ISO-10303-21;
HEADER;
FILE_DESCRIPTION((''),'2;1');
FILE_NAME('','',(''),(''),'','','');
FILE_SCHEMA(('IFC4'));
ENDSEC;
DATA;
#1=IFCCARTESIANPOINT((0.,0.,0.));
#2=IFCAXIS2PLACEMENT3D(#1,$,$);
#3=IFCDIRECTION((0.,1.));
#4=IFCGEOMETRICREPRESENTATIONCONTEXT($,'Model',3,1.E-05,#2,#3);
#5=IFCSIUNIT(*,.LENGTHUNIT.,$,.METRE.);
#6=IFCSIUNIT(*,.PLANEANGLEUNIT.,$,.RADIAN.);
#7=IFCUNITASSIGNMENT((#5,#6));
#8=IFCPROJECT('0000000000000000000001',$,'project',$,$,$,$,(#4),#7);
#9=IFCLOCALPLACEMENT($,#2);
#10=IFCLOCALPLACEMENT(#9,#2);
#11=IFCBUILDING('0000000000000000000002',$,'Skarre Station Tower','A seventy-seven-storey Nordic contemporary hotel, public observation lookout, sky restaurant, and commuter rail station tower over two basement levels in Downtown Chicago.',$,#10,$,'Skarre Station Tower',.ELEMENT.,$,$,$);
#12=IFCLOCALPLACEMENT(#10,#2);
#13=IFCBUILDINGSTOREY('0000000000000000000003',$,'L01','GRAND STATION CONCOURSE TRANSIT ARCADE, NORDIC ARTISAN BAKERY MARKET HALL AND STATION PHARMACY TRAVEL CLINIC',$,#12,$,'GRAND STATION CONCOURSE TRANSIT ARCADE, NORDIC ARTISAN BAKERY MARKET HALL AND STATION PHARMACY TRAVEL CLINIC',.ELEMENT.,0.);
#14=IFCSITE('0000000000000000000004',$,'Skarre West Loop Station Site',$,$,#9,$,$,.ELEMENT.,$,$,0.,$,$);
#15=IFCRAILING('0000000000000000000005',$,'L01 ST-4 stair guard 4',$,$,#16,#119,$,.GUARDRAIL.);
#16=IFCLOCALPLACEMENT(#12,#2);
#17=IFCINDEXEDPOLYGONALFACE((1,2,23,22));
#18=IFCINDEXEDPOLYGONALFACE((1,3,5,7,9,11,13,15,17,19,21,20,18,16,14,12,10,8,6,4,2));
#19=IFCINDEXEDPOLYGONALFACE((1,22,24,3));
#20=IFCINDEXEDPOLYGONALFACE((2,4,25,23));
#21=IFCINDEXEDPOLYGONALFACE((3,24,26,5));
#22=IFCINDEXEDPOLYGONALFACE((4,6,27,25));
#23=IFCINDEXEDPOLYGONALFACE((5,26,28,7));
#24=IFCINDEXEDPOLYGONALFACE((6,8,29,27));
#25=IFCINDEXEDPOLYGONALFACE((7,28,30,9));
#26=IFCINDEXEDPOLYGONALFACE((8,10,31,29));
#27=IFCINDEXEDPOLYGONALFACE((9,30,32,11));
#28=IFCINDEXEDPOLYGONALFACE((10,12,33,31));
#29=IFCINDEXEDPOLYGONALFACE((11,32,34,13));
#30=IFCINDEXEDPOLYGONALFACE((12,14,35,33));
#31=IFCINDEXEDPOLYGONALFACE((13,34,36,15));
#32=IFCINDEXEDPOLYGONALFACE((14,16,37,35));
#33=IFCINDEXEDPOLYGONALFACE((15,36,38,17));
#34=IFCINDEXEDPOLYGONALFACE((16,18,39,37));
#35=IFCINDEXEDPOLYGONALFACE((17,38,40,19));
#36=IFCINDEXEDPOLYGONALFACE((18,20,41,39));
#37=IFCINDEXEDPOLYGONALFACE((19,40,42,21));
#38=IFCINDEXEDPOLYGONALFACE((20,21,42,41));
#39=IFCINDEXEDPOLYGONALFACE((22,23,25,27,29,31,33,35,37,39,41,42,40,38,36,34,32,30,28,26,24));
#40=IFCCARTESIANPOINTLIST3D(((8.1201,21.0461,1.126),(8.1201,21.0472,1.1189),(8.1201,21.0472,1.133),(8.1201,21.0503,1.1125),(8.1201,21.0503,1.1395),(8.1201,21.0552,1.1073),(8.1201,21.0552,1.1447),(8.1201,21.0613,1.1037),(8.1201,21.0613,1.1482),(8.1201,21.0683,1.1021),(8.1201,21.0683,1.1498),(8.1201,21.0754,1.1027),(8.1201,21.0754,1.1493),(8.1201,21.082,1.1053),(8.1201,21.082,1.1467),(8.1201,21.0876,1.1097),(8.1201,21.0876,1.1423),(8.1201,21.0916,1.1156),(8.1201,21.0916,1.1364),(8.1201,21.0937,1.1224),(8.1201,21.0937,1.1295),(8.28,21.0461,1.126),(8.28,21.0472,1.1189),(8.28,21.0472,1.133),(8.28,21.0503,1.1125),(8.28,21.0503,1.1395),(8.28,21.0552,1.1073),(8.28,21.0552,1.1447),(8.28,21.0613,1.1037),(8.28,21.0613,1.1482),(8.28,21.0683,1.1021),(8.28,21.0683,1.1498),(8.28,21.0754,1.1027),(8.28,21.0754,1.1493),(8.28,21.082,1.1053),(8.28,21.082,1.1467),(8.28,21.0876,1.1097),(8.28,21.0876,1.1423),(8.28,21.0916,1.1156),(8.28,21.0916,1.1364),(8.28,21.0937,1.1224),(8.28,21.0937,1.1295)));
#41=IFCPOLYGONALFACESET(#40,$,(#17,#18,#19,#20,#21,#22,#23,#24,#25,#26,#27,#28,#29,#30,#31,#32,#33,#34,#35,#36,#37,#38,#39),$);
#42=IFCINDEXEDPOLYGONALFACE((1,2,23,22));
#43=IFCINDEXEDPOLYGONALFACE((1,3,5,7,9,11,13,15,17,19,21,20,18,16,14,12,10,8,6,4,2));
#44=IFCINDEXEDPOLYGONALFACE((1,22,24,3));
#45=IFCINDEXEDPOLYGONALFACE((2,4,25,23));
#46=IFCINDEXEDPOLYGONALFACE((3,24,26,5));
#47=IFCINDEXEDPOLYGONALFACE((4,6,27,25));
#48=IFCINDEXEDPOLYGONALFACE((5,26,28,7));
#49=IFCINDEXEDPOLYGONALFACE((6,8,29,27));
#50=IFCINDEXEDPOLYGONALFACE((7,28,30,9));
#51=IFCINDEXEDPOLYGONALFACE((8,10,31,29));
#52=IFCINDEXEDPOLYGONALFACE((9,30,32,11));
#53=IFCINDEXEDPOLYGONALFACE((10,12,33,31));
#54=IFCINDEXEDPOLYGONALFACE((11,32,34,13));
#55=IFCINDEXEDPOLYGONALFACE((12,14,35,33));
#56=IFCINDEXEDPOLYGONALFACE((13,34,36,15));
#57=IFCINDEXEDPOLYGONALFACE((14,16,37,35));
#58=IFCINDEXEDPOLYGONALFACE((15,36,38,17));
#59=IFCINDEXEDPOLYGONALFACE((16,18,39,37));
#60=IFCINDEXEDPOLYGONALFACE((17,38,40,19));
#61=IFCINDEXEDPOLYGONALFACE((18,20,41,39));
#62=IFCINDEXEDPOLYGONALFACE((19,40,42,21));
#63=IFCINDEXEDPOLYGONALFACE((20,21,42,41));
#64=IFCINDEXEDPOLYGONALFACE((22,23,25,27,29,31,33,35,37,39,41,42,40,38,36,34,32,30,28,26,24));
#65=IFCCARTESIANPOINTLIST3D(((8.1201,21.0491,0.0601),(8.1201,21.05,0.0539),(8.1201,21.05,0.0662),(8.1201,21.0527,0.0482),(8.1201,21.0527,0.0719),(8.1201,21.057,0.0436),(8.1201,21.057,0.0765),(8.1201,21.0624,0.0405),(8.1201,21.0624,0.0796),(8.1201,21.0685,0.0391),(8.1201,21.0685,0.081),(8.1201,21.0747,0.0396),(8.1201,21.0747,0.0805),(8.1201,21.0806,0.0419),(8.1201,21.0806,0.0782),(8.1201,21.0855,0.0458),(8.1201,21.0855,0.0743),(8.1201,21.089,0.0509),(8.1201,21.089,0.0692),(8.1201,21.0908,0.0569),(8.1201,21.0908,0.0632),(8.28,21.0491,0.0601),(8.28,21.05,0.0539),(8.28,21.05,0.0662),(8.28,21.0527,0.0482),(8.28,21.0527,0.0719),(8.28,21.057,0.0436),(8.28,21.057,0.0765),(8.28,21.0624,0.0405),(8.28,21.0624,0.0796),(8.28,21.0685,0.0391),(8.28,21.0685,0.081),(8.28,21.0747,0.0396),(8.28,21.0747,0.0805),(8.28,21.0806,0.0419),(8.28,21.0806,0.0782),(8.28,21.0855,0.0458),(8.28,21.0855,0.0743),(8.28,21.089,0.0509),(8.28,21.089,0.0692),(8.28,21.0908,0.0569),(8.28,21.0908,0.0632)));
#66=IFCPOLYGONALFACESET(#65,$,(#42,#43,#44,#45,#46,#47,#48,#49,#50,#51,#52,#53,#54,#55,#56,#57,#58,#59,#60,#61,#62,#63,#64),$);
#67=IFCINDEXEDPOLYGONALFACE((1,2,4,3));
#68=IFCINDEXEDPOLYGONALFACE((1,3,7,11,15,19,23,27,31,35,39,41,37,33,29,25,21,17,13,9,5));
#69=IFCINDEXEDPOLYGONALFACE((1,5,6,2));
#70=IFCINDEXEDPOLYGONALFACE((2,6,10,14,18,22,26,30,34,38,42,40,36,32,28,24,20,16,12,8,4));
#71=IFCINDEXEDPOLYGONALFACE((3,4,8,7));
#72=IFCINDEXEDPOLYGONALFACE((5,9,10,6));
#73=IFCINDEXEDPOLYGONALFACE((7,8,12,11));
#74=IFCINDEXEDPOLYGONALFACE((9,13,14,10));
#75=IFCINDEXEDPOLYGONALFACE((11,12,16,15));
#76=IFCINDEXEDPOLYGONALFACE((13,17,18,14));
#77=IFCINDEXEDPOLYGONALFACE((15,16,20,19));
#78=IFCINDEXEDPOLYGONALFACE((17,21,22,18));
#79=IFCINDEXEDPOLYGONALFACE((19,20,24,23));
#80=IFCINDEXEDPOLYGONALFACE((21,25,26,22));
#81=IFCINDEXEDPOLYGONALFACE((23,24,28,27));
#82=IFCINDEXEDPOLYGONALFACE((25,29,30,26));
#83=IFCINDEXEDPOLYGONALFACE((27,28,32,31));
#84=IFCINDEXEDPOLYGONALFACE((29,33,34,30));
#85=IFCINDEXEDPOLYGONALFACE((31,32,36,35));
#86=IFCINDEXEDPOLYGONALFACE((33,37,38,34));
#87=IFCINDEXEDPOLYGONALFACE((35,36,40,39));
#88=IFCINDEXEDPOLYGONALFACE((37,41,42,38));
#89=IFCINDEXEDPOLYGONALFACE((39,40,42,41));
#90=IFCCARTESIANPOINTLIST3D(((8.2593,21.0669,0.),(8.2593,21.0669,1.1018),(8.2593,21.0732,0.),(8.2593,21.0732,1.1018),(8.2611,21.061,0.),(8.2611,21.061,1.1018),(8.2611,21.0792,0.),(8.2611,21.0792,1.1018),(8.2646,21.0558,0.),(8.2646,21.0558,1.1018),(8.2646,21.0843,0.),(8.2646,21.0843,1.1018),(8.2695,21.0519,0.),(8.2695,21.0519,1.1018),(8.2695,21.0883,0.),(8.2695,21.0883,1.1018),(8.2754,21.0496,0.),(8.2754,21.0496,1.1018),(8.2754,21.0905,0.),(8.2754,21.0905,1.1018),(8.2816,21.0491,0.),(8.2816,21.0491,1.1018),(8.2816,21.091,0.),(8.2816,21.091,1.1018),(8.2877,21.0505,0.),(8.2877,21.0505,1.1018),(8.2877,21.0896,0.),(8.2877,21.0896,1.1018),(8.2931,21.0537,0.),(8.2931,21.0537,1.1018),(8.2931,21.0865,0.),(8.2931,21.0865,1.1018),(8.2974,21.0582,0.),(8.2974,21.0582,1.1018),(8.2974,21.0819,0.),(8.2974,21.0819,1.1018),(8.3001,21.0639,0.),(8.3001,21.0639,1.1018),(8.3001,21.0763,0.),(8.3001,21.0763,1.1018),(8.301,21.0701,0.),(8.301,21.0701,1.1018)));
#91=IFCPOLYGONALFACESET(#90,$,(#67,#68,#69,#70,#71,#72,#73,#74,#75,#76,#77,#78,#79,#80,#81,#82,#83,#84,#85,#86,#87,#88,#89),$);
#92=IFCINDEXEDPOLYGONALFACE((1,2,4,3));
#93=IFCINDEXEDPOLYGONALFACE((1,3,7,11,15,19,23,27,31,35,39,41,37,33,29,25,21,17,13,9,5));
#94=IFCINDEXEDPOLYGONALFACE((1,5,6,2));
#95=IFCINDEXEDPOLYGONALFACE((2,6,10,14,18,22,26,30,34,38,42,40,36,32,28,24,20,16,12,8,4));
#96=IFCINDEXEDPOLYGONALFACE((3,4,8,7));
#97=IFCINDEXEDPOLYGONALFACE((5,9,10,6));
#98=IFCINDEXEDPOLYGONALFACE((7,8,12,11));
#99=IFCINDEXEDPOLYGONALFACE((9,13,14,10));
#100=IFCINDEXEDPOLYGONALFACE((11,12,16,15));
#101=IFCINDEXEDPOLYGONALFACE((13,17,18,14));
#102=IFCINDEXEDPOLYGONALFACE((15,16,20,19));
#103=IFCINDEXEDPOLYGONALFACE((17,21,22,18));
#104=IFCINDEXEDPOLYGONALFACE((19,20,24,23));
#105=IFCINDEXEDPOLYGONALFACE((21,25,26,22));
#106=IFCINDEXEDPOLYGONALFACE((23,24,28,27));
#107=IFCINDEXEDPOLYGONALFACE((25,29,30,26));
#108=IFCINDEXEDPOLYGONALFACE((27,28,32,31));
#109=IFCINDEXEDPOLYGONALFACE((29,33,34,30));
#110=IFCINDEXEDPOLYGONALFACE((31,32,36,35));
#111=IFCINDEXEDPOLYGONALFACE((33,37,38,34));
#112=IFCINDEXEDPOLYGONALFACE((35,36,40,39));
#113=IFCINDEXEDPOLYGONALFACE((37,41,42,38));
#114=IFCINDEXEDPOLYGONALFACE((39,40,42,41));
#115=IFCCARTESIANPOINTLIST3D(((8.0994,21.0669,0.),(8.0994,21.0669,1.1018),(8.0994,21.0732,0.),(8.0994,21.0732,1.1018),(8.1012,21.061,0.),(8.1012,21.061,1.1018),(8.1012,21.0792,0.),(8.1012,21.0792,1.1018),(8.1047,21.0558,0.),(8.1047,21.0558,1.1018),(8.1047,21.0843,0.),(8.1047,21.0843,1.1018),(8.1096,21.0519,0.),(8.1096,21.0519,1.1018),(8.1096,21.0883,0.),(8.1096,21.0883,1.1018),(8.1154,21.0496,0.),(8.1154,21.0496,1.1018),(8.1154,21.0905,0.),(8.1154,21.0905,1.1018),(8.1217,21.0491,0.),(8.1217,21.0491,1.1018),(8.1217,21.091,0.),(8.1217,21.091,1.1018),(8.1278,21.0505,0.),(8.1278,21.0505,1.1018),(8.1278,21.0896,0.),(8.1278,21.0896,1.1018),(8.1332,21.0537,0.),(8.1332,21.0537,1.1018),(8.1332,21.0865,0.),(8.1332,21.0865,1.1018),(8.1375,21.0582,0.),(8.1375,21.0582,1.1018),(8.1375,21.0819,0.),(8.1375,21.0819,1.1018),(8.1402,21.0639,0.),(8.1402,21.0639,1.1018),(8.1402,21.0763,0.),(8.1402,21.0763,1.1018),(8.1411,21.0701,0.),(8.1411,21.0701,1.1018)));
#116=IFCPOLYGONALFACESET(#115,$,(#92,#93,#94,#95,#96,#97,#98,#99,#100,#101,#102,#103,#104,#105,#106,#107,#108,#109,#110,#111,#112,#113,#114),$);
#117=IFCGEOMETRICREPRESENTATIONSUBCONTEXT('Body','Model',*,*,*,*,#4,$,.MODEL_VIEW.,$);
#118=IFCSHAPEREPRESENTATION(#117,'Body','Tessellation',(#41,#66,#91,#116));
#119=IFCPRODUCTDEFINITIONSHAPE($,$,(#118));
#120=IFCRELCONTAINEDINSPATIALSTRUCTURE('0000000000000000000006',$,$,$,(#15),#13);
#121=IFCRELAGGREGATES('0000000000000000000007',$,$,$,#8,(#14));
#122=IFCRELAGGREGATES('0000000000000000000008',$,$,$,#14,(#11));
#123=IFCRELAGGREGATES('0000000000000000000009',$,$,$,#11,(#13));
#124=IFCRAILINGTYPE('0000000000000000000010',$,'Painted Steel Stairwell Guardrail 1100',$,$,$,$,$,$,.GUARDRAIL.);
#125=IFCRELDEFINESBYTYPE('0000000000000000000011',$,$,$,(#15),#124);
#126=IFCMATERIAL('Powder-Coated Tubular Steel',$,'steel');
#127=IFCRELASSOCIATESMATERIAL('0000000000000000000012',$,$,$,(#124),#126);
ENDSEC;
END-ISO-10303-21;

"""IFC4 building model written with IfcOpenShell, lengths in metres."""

from ifc_helpers import new_model, si_unit, direction, frame, origin, origin_2d, place, context, subcontext, project, spatial, circle, extrude, material, type_object, element, save


model = new_model("IFC4")

# Units and contexts
model_context = context("Model", 3, precision=1e-05, world=origin(), true_north=direction((0.0, 1.0)))
body_context = subcontext(model_context, "Body", "Model", "MODEL_VIEW")
ifc_project = project(units=[si_unit("LENGTHUNIT", "METRE"), si_unit("PLANEANGLEUNIT", "RADIAN")], contexts=[model_context])

# Site, building, storey
site_placement = place(None, origin())
site = spatial("IfcSite", under=ifc_project, at=site_placement, Name="Skarre West Loop Station Site", CompositionType="ELEMENT", RefElevation=0.0)
building_placement = place(site_placement, origin())
building = spatial("IfcBuilding", under=site, at=building_placement, Name="Skarre Station Tower", Description="A seventy-seven-storey Nordic contemporary hotel, public observation lookout, sky restaurant, and commuter rail station tower over two basement levels in Downtown Chicago.", LongName="Skarre Station Tower", CompositionType="ELEMENT")
storey_placement = place(building_placement, origin())
storey = spatial("IfcBuildingStorey", under=building, at=storey_placement, Name="L01", Description="GRAND STATION CONCOURSE TRANSIT ARCADE, NORDIC ARTISAN BAKERY MARKET HALL AND STATION PHARMACY TRAVEL CLINIC", LongName="GRAND STATION CONCOURSE TRANSIT ARCADE, NORDIC ARTISAN BAKERY MARKET HALL AND STATION PHARMACY TRAVEL CLINIC", CompositionType="ELEMENT", Elevation=0.0)

# Railing
ifc_material_1 = material(Name="Powder-Coated Tubular Steel", Category="steel")
railing_type_1 = type_object("IfcRailingType", Name="Painted Steel Stairwell Guardrail 1100", PredefinedType="GUARDRAIL", material=ifc_material_1)
railing_1_placement = place(storey_placement, frame((8.28, 21.0701, 0.0)))
element("IfcRailing", 1, at=railing_1_placement, inside=storey, type_object=railing_type_1, Name="L01 ST-4 stair guard 4", PredefinedType="GUARDRAIL", context=body_context, shape_type="SweptSolid", body=[
    extrude(circle(Radius=0.0239, at=origin_2d()), frame((0.0, 0.0, 1.126), z_axis=(-1.0, 0.0, 0.0), x_axis=(0.0, -1.0, 0.0)), (0.0, 0.0, 1.0), 0.1599),
    extrude(circle(Radius=0.021, at=origin_2d()), frame((0.0, 0.0, 0.0601), z_axis=(-1.0, 0.0, 0.0), x_axis=(0.0, -1.0, 0.0)), (0.0, 0.0, 1.0), 0.1599),
    extrude(circle(Radius=0.021, at=origin_2d()), origin(), (0.0, 0.0, 1.0), 1.1018),
    extrude(circle(Radius=0.021, at=origin_2d()), frame((-0.1599, 0.0, 0.0)), (0.0, 0.0, 1.0), 1.1018),
])

save(model, "model.ifc")
